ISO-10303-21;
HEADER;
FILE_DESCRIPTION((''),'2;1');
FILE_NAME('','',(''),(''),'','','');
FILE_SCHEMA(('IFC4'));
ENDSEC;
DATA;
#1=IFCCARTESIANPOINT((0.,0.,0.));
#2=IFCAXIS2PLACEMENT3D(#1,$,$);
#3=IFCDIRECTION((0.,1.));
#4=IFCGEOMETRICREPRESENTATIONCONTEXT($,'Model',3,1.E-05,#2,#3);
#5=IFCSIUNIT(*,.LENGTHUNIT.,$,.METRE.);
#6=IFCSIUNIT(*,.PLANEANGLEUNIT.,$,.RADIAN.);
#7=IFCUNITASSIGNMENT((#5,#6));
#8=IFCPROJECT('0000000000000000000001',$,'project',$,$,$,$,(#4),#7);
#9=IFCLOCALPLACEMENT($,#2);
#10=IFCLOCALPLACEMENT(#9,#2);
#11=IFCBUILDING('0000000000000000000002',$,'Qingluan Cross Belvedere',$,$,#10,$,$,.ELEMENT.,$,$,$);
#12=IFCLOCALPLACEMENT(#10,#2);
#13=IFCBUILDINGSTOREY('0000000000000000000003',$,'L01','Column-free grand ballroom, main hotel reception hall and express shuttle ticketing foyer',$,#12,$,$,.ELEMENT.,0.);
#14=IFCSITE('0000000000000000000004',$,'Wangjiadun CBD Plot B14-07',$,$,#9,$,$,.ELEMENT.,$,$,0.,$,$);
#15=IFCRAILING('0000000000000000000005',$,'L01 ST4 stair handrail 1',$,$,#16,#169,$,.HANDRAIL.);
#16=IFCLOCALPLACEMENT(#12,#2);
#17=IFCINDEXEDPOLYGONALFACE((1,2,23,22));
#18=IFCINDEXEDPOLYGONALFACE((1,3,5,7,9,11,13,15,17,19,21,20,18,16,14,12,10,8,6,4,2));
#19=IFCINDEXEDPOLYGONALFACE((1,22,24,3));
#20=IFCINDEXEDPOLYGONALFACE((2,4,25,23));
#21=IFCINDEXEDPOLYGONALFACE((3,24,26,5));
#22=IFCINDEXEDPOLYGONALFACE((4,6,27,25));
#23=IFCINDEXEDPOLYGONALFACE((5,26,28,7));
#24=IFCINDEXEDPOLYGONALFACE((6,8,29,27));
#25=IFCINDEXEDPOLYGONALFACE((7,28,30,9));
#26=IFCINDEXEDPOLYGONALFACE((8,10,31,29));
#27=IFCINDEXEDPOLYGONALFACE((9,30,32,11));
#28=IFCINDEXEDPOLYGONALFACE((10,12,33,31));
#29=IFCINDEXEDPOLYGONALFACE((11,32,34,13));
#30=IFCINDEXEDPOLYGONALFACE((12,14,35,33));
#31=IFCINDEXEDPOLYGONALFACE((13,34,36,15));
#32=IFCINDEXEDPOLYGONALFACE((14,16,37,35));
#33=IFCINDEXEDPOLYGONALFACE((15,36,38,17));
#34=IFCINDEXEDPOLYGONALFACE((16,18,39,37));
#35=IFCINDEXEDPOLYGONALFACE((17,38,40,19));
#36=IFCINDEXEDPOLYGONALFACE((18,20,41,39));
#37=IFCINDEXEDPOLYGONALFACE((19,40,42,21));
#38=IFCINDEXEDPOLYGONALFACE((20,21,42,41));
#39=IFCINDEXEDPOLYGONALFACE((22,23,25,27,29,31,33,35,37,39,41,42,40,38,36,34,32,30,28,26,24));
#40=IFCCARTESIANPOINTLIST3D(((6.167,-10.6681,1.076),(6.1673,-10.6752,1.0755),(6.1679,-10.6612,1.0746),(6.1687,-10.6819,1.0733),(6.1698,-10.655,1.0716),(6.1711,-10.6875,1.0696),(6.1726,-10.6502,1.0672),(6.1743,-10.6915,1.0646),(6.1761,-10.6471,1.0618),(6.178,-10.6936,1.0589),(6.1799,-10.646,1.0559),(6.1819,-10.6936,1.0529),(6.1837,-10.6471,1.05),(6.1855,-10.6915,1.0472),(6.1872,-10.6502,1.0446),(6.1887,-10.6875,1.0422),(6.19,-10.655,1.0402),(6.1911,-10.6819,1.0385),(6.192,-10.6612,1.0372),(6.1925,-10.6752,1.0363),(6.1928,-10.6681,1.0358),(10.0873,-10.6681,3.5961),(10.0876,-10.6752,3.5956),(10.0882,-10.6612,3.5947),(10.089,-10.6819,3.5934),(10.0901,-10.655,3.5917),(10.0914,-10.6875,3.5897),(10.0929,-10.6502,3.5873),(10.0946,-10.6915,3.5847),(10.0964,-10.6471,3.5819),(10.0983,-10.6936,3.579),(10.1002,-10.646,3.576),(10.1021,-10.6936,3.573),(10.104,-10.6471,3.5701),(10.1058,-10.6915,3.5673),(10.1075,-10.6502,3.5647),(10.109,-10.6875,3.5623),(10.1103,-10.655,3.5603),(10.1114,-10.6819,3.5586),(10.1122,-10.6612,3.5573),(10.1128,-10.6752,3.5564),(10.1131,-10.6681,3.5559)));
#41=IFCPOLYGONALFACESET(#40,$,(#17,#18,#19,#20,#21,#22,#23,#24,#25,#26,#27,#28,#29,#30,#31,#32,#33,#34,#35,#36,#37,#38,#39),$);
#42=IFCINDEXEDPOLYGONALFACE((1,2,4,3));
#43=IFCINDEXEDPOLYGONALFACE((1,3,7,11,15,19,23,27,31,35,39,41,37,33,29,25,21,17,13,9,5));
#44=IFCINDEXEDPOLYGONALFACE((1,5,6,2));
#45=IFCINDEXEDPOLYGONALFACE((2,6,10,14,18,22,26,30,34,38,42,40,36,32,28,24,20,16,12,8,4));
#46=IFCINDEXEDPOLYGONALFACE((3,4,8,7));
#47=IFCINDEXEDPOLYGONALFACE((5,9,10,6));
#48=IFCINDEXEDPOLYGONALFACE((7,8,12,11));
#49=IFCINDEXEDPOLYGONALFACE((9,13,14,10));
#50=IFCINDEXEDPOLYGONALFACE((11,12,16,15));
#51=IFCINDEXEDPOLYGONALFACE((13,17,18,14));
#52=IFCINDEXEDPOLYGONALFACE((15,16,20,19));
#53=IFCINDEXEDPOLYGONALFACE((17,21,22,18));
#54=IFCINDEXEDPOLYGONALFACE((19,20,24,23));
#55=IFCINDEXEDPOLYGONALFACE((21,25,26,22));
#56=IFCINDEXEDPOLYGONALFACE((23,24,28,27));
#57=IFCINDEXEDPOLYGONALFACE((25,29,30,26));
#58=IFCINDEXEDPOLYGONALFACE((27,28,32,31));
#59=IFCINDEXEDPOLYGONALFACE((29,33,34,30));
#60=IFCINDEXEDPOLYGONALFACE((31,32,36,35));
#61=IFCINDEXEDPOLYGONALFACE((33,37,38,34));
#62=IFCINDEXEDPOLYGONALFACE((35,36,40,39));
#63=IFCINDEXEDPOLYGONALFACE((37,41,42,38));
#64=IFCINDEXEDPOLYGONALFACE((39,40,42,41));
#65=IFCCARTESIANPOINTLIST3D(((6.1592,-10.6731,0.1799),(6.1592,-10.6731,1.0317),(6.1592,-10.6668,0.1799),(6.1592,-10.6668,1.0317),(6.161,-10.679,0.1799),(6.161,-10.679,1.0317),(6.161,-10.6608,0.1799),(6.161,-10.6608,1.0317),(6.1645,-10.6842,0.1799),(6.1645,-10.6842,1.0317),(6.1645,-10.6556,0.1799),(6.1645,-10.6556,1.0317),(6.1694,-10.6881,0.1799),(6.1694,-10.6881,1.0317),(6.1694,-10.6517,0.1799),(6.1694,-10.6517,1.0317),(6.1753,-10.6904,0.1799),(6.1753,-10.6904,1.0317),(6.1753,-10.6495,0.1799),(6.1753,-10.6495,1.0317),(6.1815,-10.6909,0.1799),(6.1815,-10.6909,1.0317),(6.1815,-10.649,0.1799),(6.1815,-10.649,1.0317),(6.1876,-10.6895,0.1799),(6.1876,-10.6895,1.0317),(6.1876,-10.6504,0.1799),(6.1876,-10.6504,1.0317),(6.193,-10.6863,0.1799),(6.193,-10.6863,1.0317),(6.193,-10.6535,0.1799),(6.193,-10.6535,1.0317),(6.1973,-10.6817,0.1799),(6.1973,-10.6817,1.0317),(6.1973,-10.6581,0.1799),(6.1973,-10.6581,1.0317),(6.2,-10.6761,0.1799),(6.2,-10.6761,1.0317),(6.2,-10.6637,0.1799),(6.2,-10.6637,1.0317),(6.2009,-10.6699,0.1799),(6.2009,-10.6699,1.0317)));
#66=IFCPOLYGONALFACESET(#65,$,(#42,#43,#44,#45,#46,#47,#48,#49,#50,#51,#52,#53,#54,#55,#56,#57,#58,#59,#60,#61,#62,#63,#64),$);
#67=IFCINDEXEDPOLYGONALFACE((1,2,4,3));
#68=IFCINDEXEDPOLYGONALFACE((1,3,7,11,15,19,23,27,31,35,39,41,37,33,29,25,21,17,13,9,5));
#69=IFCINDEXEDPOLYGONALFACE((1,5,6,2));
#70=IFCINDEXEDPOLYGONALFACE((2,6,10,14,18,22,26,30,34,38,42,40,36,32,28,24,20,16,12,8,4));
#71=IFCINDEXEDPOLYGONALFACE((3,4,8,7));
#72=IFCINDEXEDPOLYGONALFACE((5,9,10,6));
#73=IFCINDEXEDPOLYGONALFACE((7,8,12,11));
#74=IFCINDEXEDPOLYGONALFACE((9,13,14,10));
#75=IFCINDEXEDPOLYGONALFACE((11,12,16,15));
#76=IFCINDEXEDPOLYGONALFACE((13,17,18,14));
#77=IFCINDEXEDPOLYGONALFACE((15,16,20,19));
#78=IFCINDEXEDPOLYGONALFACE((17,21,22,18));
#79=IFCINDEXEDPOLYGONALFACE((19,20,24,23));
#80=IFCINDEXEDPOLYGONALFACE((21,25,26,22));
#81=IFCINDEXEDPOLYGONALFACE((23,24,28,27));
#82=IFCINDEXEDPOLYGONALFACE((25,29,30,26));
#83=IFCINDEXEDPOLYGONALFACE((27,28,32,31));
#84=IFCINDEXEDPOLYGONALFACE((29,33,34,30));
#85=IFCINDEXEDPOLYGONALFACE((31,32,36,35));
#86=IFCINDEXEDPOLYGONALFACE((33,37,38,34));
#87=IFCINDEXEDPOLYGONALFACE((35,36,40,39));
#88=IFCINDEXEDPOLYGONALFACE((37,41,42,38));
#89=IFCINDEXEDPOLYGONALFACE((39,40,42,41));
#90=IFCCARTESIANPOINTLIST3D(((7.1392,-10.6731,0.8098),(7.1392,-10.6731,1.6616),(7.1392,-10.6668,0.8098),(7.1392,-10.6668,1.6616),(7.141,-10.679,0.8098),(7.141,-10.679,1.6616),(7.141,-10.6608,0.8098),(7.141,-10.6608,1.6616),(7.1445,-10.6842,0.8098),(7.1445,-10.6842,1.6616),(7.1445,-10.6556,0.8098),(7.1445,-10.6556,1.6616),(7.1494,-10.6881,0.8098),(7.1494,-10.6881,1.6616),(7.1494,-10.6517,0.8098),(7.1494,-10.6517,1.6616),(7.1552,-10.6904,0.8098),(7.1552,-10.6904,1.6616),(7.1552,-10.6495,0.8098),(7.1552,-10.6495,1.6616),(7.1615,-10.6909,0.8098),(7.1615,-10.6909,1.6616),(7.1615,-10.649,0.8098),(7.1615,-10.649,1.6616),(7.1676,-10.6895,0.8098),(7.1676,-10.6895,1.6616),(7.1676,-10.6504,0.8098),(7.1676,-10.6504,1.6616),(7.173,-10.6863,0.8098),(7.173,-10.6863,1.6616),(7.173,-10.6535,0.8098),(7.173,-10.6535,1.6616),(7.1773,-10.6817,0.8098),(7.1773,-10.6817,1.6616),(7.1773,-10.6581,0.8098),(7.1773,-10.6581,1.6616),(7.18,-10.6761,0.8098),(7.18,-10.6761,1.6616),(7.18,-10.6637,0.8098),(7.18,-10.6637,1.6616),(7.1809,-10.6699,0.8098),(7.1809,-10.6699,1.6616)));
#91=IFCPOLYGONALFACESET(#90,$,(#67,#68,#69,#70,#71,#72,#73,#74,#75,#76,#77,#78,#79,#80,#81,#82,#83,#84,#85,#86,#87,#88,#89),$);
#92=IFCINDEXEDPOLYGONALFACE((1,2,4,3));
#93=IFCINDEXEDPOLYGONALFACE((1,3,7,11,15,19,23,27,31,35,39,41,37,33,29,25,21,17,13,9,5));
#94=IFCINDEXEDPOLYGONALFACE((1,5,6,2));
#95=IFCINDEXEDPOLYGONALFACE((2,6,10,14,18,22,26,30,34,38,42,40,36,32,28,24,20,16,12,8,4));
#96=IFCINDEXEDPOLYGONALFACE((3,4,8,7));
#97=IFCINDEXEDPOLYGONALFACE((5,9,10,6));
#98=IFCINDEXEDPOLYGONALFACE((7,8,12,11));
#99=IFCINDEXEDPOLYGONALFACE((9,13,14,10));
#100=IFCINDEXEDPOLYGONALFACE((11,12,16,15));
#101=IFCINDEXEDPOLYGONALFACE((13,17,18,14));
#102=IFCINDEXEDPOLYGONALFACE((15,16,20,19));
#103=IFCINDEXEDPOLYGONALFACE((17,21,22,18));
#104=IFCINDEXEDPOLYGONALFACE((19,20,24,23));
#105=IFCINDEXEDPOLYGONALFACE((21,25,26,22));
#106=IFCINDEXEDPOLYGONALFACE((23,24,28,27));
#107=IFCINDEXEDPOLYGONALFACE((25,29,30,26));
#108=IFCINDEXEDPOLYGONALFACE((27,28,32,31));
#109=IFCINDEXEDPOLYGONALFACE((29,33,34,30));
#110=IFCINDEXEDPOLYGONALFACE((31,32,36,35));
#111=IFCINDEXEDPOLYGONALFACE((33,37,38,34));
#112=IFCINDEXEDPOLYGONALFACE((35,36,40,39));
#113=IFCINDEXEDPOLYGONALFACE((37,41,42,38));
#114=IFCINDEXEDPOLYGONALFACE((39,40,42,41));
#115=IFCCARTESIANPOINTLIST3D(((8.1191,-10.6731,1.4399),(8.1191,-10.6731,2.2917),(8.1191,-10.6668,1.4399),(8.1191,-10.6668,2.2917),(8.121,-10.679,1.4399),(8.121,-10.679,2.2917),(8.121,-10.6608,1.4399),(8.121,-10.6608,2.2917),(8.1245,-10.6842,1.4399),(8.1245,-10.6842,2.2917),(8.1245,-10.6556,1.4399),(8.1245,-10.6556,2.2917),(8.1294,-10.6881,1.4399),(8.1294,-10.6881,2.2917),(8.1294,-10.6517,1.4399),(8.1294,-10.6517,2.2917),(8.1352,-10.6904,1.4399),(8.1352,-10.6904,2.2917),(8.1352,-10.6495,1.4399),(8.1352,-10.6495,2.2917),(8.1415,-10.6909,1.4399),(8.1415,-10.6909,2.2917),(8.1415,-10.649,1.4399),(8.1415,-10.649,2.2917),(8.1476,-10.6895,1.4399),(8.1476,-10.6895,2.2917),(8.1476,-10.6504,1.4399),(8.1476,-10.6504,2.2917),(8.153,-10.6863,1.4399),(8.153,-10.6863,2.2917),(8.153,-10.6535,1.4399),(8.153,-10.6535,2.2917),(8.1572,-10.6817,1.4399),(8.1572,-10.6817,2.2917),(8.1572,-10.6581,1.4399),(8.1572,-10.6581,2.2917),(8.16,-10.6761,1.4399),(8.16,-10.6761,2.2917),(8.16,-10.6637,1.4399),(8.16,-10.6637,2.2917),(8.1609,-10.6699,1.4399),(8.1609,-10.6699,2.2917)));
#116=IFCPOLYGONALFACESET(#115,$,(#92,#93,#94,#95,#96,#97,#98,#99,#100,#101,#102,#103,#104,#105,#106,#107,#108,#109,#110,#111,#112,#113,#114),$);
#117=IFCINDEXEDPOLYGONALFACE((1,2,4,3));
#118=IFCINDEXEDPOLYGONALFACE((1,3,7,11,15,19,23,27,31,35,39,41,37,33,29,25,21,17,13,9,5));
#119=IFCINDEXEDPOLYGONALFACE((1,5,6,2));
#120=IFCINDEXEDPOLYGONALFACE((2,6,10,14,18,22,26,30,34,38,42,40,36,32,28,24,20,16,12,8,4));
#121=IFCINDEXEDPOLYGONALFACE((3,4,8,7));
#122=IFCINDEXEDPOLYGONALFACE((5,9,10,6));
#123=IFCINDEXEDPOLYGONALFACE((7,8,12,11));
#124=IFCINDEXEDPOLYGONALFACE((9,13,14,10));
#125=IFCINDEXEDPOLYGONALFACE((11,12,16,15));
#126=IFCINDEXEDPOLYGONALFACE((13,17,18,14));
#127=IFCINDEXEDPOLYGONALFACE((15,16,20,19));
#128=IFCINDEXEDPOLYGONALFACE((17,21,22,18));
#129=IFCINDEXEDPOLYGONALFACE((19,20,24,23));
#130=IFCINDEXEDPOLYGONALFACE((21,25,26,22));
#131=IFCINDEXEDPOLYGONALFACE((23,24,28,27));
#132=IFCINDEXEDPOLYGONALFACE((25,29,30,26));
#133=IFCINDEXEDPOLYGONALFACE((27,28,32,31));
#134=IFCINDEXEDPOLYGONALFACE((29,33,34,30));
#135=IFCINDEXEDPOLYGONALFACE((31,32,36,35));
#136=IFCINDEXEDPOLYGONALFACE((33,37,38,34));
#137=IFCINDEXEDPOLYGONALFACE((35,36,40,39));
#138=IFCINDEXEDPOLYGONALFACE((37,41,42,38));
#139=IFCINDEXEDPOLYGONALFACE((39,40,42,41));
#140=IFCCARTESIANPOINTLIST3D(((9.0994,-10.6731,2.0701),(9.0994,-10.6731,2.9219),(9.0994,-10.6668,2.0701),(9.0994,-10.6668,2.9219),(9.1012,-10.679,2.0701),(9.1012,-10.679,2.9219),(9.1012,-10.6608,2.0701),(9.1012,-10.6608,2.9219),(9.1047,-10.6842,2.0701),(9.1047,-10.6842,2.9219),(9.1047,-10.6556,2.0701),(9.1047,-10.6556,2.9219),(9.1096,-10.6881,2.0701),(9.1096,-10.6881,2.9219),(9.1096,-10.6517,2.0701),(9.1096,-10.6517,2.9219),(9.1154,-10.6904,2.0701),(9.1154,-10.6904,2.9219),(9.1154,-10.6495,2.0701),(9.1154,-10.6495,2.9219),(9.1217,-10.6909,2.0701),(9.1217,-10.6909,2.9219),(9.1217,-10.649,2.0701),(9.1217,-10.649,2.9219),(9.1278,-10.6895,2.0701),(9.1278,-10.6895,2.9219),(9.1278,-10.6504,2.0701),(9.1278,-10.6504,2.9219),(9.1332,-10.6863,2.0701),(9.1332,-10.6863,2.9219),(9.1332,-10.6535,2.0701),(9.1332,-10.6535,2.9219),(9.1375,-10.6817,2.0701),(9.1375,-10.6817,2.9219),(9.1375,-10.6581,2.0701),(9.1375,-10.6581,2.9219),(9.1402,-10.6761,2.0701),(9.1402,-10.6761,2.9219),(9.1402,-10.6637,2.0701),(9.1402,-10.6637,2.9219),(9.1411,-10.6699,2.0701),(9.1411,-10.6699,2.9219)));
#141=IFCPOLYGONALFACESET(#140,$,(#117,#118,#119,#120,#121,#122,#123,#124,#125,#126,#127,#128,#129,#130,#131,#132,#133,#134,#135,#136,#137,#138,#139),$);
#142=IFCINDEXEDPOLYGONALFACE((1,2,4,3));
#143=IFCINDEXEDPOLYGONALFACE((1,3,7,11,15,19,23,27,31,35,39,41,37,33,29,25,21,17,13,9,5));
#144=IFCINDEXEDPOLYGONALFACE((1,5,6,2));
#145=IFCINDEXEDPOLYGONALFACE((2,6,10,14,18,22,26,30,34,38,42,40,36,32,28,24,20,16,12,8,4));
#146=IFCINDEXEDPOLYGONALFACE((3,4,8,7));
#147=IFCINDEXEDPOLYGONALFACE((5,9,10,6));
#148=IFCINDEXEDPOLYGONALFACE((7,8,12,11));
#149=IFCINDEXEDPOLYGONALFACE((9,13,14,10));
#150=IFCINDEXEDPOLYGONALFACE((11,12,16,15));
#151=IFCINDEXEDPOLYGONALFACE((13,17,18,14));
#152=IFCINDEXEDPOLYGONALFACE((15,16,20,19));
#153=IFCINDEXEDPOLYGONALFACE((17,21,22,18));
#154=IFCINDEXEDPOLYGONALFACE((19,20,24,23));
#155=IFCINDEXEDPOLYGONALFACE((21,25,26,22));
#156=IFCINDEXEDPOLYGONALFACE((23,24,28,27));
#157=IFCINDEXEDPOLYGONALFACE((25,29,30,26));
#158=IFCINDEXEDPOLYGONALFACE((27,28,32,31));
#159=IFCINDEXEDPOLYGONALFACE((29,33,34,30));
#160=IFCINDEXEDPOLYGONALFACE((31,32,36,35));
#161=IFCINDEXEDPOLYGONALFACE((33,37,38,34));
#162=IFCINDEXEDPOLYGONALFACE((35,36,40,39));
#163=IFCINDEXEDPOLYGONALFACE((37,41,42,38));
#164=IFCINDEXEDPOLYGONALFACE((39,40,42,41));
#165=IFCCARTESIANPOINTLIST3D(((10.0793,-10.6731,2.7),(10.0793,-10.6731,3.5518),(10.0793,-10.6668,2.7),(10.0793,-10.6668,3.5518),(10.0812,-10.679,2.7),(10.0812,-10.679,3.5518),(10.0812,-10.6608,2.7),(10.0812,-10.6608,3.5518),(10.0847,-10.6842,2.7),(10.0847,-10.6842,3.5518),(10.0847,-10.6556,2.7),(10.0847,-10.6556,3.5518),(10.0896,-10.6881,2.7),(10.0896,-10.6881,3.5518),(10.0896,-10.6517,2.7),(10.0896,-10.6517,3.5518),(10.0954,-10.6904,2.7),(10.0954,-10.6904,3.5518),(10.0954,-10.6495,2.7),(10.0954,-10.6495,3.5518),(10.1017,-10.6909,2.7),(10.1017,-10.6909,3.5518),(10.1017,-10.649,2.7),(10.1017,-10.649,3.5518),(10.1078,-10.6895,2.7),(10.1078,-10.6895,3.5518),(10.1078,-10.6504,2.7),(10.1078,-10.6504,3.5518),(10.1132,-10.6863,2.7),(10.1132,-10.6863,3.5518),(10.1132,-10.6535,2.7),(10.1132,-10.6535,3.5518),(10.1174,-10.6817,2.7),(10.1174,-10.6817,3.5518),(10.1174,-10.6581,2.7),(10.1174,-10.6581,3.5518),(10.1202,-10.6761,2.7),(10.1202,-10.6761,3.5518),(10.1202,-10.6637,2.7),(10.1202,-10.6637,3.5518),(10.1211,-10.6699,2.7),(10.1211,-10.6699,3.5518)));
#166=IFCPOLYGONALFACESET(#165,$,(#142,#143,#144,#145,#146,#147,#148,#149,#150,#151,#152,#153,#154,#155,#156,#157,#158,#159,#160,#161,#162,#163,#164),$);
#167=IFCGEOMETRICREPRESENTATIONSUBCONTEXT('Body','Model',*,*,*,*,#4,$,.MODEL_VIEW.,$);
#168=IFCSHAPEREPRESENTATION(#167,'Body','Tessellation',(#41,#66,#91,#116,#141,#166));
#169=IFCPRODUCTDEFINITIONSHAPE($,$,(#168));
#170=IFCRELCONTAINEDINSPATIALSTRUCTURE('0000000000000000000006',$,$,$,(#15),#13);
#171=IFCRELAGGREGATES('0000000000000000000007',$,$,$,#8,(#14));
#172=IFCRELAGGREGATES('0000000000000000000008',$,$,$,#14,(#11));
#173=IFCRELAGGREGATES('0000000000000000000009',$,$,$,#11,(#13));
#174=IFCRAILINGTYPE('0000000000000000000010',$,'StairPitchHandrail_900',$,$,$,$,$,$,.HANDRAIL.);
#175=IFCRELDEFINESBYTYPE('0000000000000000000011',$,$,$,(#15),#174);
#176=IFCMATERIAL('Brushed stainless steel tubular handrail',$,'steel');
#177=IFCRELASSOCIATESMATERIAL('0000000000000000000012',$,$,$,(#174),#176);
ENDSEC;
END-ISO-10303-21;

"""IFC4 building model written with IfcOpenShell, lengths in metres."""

from ifc_helpers import new_model, si_unit, direction, frame, origin, origin_2d, place, context, subcontext, project, spatial, circle, extrude, material, type_object, element, save


model = new_model("IFC4")

# Units and contexts
model_context = context("Model", 3, precision=1e-05, world=origin(), true_north=direction((0.0, 1.0)))
body_context = subcontext(model_context, "Body", "Model", "MODEL_VIEW")
ifc_project = project(units=[si_unit("LENGTHUNIT", "METRE"), si_unit("PLANEANGLEUNIT", "RADIAN")], contexts=[model_context])

# Site, building, storey
site_placement = place(None, origin())
site = spatial("IfcSite", under=ifc_project, at=site_placement, Name="Wangjiadun CBD Plot B14-07", CompositionType="ELEMENT", RefElevation=0.0)
building_placement = place(site_placement, origin())
building = spatial("IfcBuilding", under=site, at=building_placement, Name="Qingluan Cross Belvedere", CompositionType="ELEMENT")
storey_placement = place(building_placement, origin())
storey = spatial("IfcBuildingStorey", under=building, at=storey_placement, Name="L01", Description="Column-free grand ballroom, main hotel reception hall and express shuttle ticketing foyer", CompositionType="ELEMENT", Elevation=0.0)

# Railing
ifc_material_1 = material(Name="Brushed stainless steel tubular handrail", Category="steel")
railing_type_1 = type_object("IfcRailingType", Name="StairPitchHandrail_900", PredefinedType="HANDRAIL", material=ifc_material_1)
railing_1_placement = place(storey_placement, frame((6.1799, -10.6699, 0.1799)))
element("IfcRailing", 1, at=railing_1_placement, inside=storey, type_object=railing_type_1, Name="L01 ST4 stair handrail 1", PredefinedType="HANDRAIL", context=body_context, shape_type="SweptSolid", body=[
    extrude(circle(Radius=0.0239, at=origin_2d()), frame((0.0, 0.0, 0.876), z_axis=(0.841187, 0.0, 0.540744), x_axis=(0.0, 1.0, 0.0)), (0.0, 0.0, 1.0), 4.6604),
    extrude(circle(Radius=0.021, at=origin_2d()), origin(), (0.0, 0.0, 1.0), 0.8518),
    extrude(circle(Radius=0.021, at=origin_2d()), frame((0.98, 0.0, 0.6299)), (0.0, 0.0, 1.0), 0.8518),
    extrude(circle(Radius=0.021, at=origin_2d()), frame((1.96, 0.0, 1.26)), (0.0, 0.0, 1.0), 0.8518),
    extrude(circle(Radius=0.021, at=origin_2d()), frame((2.9402, 0.0, 1.8901)), (0.0, 0.0, 1.0), 0.8518),
    extrude(circle(Radius=0.021, at=origin_2d()), frame((3.9202, 0.0, 2.52)), (0.0, 0.0, 1.0), 0.8518),
])

save(model, "model.ifc")
